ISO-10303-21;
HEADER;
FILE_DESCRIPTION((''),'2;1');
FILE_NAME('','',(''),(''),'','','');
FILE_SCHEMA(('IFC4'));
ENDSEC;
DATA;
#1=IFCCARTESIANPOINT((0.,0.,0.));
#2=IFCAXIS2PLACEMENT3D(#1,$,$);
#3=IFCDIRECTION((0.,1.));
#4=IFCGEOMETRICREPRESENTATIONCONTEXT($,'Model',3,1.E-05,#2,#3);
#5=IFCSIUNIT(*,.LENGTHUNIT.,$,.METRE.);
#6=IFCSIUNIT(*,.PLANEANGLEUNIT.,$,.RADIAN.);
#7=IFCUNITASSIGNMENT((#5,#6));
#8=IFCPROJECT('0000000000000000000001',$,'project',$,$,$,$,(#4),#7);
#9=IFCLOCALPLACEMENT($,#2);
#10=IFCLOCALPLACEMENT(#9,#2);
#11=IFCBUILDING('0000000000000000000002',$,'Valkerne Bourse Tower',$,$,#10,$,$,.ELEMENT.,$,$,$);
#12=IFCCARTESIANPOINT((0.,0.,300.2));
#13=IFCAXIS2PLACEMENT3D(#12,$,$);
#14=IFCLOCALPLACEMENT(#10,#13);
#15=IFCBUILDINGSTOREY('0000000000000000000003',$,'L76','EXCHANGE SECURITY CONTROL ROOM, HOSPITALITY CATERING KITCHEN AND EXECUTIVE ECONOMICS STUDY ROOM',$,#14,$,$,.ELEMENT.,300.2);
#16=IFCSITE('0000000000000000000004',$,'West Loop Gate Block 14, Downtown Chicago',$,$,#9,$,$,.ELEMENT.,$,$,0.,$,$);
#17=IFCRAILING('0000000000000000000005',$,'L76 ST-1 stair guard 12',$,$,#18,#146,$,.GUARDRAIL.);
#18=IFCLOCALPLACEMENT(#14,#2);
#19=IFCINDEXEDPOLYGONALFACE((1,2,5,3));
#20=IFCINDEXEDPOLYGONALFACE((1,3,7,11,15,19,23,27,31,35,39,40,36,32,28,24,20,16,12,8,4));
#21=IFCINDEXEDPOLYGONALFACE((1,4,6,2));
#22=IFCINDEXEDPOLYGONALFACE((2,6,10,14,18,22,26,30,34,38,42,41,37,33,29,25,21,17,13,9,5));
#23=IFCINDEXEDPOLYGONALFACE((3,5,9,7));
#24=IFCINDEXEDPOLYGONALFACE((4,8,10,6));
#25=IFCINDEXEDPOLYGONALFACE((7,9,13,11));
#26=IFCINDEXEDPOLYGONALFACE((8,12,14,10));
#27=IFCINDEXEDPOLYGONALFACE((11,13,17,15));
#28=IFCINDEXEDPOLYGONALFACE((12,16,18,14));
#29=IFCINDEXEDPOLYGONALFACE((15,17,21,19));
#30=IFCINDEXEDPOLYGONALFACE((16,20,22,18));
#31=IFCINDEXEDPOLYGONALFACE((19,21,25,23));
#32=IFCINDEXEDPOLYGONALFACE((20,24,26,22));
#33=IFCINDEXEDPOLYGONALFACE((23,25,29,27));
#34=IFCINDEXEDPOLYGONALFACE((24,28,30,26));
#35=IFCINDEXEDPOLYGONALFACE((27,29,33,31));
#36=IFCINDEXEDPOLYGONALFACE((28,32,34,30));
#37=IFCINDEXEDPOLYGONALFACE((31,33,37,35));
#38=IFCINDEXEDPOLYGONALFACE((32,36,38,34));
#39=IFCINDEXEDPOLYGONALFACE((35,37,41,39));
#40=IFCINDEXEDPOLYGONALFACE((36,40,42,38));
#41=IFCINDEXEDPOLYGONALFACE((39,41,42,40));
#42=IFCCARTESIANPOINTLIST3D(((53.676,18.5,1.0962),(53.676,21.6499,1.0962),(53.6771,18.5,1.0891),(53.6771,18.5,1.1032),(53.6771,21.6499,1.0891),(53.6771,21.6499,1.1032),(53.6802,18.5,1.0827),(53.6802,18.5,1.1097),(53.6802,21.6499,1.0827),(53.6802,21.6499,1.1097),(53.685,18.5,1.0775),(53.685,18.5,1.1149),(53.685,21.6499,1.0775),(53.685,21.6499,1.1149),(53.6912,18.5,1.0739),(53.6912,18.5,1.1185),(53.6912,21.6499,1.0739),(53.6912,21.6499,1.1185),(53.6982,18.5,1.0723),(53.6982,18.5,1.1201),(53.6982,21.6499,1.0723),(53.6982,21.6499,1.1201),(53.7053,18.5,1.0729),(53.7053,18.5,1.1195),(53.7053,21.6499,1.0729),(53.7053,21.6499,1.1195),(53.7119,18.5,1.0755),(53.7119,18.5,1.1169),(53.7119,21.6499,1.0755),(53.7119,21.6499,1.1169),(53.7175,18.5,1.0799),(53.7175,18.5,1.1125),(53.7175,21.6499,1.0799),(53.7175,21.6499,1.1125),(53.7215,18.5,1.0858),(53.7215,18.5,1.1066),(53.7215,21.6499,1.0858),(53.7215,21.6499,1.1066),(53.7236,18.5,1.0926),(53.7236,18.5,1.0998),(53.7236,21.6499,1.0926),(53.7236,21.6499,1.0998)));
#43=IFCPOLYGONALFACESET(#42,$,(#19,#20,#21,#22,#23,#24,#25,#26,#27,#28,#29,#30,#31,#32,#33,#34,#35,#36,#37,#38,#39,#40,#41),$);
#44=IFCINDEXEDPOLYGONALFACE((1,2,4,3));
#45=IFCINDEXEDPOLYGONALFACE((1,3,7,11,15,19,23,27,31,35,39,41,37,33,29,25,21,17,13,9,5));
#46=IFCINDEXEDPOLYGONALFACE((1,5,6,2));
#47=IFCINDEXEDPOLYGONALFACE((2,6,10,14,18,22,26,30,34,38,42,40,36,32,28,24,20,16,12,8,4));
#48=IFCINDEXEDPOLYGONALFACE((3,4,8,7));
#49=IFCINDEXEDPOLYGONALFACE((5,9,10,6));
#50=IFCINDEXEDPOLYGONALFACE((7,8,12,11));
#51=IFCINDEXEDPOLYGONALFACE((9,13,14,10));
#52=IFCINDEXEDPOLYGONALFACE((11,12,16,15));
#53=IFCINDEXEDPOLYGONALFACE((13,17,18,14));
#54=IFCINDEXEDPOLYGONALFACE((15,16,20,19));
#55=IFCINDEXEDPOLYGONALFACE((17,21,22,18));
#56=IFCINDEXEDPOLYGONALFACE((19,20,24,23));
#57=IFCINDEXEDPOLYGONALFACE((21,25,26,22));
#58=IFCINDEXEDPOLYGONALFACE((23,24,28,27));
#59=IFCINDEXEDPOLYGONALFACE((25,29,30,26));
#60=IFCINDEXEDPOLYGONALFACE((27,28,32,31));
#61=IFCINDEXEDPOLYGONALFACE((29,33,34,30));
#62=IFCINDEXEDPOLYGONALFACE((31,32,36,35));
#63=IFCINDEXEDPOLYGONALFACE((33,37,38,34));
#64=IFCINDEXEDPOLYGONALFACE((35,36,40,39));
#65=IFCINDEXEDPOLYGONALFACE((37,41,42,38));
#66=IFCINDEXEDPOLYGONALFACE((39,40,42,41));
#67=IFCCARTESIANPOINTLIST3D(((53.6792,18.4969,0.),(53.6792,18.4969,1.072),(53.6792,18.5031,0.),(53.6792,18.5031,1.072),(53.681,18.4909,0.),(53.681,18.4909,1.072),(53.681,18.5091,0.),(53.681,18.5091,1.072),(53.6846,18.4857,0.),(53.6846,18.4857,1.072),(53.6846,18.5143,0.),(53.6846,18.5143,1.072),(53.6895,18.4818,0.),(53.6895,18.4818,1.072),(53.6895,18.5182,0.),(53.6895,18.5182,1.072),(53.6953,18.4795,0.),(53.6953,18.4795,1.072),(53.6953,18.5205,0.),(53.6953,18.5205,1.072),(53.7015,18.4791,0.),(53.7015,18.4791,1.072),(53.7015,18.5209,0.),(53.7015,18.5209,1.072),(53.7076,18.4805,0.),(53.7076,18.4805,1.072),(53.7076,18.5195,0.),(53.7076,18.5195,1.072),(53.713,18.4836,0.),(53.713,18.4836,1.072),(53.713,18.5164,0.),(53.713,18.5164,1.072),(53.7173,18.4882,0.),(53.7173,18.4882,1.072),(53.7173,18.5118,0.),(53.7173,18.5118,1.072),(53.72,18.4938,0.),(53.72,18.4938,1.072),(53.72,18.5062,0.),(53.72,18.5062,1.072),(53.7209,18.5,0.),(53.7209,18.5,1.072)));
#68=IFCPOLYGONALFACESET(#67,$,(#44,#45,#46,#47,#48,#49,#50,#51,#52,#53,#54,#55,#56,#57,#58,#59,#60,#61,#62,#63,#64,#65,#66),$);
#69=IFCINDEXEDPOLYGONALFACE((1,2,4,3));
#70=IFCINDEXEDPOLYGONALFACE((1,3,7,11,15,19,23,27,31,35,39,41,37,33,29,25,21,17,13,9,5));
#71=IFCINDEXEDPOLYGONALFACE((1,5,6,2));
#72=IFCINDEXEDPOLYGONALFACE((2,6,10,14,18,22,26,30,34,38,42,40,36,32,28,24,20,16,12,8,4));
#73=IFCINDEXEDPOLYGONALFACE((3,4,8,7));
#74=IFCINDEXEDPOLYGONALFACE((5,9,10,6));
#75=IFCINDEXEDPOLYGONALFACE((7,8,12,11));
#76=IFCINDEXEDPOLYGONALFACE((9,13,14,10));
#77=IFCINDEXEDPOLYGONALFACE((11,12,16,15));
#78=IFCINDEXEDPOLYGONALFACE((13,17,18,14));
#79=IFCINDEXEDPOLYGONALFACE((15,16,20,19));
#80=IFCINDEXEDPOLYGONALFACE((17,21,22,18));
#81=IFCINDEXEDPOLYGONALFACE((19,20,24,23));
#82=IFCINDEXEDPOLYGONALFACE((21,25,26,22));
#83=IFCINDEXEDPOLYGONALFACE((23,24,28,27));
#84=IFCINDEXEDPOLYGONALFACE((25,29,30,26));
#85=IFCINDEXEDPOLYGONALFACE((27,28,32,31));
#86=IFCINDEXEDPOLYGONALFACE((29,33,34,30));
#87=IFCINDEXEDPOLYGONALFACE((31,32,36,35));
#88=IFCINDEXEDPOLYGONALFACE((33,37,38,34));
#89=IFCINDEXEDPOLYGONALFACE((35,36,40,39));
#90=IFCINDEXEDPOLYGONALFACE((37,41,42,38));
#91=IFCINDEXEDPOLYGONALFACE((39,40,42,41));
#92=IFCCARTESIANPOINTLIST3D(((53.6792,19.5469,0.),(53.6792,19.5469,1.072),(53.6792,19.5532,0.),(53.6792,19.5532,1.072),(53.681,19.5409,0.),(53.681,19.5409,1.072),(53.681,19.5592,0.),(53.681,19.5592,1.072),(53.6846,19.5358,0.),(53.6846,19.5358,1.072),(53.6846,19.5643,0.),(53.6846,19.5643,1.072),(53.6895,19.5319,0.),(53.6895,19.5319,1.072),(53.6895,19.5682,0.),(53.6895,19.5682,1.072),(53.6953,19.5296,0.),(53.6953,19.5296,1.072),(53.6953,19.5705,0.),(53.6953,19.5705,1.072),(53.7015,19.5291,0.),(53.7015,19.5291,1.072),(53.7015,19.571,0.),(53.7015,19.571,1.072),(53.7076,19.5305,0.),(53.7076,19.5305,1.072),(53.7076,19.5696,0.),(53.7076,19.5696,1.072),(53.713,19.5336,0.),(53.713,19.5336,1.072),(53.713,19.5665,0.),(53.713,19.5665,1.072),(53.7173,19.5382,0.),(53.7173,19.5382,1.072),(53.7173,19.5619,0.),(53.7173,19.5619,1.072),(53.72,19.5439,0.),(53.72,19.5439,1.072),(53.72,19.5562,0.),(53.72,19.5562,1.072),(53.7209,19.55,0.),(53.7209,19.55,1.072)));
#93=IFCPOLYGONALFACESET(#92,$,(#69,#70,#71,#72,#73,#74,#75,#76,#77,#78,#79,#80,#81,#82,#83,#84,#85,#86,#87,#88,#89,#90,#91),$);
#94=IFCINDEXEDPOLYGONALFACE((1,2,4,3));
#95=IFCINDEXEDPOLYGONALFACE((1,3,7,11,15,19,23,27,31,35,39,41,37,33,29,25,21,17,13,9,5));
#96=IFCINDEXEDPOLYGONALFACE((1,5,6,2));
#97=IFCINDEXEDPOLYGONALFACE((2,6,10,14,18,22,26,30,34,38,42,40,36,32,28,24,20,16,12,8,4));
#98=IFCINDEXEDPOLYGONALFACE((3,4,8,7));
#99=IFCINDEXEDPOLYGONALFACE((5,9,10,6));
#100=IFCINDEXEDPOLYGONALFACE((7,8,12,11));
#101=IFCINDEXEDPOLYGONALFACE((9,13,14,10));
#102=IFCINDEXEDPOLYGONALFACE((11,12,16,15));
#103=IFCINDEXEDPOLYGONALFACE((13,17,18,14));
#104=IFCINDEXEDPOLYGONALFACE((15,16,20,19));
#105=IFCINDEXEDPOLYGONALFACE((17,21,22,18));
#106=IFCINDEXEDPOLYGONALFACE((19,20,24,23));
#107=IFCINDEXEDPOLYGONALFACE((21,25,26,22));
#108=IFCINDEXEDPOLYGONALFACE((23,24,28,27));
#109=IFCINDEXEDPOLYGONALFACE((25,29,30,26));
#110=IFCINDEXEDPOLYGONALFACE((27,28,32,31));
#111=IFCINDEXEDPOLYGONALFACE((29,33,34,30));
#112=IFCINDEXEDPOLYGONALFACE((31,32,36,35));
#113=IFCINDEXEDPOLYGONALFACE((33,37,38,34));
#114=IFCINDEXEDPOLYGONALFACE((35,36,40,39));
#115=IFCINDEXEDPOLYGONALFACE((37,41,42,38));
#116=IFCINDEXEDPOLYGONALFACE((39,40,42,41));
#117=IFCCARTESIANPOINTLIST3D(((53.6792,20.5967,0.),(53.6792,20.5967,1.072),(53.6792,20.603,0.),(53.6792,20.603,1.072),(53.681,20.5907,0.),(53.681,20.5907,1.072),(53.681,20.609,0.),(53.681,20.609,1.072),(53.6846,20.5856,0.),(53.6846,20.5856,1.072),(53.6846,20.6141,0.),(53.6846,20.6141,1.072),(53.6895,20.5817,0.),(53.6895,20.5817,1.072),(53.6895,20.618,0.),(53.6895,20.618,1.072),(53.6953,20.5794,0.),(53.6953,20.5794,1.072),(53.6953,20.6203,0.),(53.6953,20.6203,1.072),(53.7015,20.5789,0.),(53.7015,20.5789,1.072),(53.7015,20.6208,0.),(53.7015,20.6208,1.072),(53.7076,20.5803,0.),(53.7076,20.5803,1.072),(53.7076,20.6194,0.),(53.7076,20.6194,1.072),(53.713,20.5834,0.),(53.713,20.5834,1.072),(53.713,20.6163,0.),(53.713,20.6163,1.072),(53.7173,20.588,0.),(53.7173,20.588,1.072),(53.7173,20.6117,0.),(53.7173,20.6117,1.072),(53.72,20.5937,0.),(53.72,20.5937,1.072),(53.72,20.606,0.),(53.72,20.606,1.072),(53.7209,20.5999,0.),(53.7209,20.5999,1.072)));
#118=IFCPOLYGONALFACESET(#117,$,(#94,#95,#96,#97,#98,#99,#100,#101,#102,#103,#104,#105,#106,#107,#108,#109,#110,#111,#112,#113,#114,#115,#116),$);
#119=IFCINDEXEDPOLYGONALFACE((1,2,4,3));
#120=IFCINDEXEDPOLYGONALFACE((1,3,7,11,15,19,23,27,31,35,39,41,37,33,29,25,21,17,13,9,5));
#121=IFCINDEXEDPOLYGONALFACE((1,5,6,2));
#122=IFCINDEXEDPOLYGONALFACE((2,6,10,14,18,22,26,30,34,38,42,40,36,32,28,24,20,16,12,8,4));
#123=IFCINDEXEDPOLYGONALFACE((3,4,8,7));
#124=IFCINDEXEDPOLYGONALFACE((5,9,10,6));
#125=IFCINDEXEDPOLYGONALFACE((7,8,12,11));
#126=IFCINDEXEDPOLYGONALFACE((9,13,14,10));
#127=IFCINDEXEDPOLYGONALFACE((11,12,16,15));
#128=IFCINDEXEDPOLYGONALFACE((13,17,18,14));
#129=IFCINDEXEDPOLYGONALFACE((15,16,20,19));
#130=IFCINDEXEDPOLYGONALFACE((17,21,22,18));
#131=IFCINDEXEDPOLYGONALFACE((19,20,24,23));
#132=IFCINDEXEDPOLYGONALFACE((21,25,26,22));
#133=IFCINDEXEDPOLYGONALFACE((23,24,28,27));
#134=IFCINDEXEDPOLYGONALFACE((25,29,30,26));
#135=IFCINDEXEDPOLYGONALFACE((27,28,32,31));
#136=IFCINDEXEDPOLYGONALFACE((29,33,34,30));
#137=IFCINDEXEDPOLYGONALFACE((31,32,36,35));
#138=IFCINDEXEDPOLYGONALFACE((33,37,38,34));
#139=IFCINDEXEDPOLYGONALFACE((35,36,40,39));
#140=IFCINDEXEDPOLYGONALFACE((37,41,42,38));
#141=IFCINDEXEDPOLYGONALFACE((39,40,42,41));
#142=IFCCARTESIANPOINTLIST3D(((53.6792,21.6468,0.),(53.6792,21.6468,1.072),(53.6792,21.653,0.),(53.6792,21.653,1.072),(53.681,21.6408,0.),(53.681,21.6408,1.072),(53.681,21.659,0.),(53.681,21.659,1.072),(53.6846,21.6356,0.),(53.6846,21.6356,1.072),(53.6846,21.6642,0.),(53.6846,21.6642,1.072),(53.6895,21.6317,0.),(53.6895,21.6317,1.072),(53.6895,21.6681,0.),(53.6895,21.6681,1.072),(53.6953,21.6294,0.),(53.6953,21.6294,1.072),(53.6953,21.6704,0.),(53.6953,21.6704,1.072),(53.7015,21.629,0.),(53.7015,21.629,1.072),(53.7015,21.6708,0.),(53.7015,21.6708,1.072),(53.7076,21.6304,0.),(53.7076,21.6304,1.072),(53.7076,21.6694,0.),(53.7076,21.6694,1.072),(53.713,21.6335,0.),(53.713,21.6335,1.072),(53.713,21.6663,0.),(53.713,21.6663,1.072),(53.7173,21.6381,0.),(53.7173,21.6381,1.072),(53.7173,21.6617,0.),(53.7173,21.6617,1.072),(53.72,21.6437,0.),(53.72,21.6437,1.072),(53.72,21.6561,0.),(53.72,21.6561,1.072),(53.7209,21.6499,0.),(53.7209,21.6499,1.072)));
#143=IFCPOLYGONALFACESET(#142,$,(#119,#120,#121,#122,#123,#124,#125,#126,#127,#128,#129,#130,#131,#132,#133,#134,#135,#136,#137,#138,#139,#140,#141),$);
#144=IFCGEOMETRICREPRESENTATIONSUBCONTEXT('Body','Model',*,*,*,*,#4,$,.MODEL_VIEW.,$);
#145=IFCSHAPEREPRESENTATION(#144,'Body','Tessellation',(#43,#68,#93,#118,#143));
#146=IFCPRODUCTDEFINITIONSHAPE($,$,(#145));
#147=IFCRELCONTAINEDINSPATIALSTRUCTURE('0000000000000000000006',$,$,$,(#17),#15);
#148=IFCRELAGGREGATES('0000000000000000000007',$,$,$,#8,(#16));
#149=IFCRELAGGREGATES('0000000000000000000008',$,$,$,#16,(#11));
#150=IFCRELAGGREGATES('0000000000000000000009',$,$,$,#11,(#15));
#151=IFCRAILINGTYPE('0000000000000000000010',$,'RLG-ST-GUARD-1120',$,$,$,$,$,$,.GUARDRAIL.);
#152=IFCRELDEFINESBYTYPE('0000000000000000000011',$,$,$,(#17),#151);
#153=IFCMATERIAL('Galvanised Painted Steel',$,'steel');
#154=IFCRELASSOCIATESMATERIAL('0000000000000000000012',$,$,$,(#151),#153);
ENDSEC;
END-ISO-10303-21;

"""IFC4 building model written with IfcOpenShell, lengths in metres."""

from ifc_helpers import new_model, si_unit, direction, frame, origin, origin_2d, place, context, subcontext, project, spatial, circle, extrude, material, type_object, element, save


model = new_model("IFC4")

# Units and contexts
model_context = context("Model", 3, precision=1e-05, world=origin(), true_north=direction((0.0, 1.0)))
body_context = subcontext(model_context, "Body", "Model", "MODEL_VIEW")
ifc_project = project(units=[si_unit("LENGTHUNIT", "METRE"), si_unit("PLANEANGLEUNIT", "RADIAN")], contexts=[model_context])

# Site, building, storey
site_placement = place(None, origin())
site = spatial("IfcSite", under=ifc_project, at=site_placement, Name="West Loop Gate Block 14, Downtown Chicago", CompositionType="ELEMENT", RefElevation=0.0)
building_placement = place(site_placement, origin())
building = spatial("IfcBuilding", under=site, at=building_placement, Name="Valkerne Bourse Tower", CompositionType="ELEMENT")
storey_placement = place(building_placement, frame((0.0, 0.0, 300.2)))
storey = spatial("IfcBuildingStorey", under=building, at=storey_placement, Name="L76", Description="EXCHANGE SECURITY CONTROL ROOM, HOSPITALITY CATERING KITCHEN AND EXECUTIVE ECONOMICS STUDY ROOM", CompositionType="ELEMENT", Elevation=300.2)

# Railing
ifc_material_1 = material(Name="Galvanised Painted Steel", Category="steel")
railing_type = type_object("IfcRailingType", Name="RLG-ST-GUARD-1120", PredefinedType="GUARDRAIL", material=ifc_material_1)
railing_1_placement = place(storey_placement, frame((53.7, 18.5, 0.0)))
element("IfcRailing", 1, at=railing_1_placement, inside=storey, type_object=railing_type, Name="L76 ST-1 stair guard 12", PredefinedType="GUARDRAIL", context=body_context, shape_type="SweptSolid", body=[
    extrude(circle(Radius=0.0239, at=origin_2d()), frame((0.0, 0.0, 1.0962), z_axis=(0.0, 1.0, 0.0), x_axis=(-1.0, 0.0, 0.0)), (0.0, 0.0, 1.0), 3.1499),
    extrude(circle(Radius=0.021, at=origin_2d()), origin(), (0.0, 0.0, 1.0), 1.072),
    extrude(circle(Radius=0.021, at=origin_2d()), frame((0.0, 1.05, 0.0)), (0.0, 0.0, 1.0), 1.072),
    extrude(circle(Radius=0.021, at=origin_2d()), frame((0.0, 2.0999, 0.0)), (0.0, 0.0, 1.0), 1.072),
    extrude(circle(Radius=0.021, at=origin_2d()), frame((0.0, 3.1499, 0.0)), (0.0, 0.0, 1.0), 1.072),
])

save(model, "model.ifc")
